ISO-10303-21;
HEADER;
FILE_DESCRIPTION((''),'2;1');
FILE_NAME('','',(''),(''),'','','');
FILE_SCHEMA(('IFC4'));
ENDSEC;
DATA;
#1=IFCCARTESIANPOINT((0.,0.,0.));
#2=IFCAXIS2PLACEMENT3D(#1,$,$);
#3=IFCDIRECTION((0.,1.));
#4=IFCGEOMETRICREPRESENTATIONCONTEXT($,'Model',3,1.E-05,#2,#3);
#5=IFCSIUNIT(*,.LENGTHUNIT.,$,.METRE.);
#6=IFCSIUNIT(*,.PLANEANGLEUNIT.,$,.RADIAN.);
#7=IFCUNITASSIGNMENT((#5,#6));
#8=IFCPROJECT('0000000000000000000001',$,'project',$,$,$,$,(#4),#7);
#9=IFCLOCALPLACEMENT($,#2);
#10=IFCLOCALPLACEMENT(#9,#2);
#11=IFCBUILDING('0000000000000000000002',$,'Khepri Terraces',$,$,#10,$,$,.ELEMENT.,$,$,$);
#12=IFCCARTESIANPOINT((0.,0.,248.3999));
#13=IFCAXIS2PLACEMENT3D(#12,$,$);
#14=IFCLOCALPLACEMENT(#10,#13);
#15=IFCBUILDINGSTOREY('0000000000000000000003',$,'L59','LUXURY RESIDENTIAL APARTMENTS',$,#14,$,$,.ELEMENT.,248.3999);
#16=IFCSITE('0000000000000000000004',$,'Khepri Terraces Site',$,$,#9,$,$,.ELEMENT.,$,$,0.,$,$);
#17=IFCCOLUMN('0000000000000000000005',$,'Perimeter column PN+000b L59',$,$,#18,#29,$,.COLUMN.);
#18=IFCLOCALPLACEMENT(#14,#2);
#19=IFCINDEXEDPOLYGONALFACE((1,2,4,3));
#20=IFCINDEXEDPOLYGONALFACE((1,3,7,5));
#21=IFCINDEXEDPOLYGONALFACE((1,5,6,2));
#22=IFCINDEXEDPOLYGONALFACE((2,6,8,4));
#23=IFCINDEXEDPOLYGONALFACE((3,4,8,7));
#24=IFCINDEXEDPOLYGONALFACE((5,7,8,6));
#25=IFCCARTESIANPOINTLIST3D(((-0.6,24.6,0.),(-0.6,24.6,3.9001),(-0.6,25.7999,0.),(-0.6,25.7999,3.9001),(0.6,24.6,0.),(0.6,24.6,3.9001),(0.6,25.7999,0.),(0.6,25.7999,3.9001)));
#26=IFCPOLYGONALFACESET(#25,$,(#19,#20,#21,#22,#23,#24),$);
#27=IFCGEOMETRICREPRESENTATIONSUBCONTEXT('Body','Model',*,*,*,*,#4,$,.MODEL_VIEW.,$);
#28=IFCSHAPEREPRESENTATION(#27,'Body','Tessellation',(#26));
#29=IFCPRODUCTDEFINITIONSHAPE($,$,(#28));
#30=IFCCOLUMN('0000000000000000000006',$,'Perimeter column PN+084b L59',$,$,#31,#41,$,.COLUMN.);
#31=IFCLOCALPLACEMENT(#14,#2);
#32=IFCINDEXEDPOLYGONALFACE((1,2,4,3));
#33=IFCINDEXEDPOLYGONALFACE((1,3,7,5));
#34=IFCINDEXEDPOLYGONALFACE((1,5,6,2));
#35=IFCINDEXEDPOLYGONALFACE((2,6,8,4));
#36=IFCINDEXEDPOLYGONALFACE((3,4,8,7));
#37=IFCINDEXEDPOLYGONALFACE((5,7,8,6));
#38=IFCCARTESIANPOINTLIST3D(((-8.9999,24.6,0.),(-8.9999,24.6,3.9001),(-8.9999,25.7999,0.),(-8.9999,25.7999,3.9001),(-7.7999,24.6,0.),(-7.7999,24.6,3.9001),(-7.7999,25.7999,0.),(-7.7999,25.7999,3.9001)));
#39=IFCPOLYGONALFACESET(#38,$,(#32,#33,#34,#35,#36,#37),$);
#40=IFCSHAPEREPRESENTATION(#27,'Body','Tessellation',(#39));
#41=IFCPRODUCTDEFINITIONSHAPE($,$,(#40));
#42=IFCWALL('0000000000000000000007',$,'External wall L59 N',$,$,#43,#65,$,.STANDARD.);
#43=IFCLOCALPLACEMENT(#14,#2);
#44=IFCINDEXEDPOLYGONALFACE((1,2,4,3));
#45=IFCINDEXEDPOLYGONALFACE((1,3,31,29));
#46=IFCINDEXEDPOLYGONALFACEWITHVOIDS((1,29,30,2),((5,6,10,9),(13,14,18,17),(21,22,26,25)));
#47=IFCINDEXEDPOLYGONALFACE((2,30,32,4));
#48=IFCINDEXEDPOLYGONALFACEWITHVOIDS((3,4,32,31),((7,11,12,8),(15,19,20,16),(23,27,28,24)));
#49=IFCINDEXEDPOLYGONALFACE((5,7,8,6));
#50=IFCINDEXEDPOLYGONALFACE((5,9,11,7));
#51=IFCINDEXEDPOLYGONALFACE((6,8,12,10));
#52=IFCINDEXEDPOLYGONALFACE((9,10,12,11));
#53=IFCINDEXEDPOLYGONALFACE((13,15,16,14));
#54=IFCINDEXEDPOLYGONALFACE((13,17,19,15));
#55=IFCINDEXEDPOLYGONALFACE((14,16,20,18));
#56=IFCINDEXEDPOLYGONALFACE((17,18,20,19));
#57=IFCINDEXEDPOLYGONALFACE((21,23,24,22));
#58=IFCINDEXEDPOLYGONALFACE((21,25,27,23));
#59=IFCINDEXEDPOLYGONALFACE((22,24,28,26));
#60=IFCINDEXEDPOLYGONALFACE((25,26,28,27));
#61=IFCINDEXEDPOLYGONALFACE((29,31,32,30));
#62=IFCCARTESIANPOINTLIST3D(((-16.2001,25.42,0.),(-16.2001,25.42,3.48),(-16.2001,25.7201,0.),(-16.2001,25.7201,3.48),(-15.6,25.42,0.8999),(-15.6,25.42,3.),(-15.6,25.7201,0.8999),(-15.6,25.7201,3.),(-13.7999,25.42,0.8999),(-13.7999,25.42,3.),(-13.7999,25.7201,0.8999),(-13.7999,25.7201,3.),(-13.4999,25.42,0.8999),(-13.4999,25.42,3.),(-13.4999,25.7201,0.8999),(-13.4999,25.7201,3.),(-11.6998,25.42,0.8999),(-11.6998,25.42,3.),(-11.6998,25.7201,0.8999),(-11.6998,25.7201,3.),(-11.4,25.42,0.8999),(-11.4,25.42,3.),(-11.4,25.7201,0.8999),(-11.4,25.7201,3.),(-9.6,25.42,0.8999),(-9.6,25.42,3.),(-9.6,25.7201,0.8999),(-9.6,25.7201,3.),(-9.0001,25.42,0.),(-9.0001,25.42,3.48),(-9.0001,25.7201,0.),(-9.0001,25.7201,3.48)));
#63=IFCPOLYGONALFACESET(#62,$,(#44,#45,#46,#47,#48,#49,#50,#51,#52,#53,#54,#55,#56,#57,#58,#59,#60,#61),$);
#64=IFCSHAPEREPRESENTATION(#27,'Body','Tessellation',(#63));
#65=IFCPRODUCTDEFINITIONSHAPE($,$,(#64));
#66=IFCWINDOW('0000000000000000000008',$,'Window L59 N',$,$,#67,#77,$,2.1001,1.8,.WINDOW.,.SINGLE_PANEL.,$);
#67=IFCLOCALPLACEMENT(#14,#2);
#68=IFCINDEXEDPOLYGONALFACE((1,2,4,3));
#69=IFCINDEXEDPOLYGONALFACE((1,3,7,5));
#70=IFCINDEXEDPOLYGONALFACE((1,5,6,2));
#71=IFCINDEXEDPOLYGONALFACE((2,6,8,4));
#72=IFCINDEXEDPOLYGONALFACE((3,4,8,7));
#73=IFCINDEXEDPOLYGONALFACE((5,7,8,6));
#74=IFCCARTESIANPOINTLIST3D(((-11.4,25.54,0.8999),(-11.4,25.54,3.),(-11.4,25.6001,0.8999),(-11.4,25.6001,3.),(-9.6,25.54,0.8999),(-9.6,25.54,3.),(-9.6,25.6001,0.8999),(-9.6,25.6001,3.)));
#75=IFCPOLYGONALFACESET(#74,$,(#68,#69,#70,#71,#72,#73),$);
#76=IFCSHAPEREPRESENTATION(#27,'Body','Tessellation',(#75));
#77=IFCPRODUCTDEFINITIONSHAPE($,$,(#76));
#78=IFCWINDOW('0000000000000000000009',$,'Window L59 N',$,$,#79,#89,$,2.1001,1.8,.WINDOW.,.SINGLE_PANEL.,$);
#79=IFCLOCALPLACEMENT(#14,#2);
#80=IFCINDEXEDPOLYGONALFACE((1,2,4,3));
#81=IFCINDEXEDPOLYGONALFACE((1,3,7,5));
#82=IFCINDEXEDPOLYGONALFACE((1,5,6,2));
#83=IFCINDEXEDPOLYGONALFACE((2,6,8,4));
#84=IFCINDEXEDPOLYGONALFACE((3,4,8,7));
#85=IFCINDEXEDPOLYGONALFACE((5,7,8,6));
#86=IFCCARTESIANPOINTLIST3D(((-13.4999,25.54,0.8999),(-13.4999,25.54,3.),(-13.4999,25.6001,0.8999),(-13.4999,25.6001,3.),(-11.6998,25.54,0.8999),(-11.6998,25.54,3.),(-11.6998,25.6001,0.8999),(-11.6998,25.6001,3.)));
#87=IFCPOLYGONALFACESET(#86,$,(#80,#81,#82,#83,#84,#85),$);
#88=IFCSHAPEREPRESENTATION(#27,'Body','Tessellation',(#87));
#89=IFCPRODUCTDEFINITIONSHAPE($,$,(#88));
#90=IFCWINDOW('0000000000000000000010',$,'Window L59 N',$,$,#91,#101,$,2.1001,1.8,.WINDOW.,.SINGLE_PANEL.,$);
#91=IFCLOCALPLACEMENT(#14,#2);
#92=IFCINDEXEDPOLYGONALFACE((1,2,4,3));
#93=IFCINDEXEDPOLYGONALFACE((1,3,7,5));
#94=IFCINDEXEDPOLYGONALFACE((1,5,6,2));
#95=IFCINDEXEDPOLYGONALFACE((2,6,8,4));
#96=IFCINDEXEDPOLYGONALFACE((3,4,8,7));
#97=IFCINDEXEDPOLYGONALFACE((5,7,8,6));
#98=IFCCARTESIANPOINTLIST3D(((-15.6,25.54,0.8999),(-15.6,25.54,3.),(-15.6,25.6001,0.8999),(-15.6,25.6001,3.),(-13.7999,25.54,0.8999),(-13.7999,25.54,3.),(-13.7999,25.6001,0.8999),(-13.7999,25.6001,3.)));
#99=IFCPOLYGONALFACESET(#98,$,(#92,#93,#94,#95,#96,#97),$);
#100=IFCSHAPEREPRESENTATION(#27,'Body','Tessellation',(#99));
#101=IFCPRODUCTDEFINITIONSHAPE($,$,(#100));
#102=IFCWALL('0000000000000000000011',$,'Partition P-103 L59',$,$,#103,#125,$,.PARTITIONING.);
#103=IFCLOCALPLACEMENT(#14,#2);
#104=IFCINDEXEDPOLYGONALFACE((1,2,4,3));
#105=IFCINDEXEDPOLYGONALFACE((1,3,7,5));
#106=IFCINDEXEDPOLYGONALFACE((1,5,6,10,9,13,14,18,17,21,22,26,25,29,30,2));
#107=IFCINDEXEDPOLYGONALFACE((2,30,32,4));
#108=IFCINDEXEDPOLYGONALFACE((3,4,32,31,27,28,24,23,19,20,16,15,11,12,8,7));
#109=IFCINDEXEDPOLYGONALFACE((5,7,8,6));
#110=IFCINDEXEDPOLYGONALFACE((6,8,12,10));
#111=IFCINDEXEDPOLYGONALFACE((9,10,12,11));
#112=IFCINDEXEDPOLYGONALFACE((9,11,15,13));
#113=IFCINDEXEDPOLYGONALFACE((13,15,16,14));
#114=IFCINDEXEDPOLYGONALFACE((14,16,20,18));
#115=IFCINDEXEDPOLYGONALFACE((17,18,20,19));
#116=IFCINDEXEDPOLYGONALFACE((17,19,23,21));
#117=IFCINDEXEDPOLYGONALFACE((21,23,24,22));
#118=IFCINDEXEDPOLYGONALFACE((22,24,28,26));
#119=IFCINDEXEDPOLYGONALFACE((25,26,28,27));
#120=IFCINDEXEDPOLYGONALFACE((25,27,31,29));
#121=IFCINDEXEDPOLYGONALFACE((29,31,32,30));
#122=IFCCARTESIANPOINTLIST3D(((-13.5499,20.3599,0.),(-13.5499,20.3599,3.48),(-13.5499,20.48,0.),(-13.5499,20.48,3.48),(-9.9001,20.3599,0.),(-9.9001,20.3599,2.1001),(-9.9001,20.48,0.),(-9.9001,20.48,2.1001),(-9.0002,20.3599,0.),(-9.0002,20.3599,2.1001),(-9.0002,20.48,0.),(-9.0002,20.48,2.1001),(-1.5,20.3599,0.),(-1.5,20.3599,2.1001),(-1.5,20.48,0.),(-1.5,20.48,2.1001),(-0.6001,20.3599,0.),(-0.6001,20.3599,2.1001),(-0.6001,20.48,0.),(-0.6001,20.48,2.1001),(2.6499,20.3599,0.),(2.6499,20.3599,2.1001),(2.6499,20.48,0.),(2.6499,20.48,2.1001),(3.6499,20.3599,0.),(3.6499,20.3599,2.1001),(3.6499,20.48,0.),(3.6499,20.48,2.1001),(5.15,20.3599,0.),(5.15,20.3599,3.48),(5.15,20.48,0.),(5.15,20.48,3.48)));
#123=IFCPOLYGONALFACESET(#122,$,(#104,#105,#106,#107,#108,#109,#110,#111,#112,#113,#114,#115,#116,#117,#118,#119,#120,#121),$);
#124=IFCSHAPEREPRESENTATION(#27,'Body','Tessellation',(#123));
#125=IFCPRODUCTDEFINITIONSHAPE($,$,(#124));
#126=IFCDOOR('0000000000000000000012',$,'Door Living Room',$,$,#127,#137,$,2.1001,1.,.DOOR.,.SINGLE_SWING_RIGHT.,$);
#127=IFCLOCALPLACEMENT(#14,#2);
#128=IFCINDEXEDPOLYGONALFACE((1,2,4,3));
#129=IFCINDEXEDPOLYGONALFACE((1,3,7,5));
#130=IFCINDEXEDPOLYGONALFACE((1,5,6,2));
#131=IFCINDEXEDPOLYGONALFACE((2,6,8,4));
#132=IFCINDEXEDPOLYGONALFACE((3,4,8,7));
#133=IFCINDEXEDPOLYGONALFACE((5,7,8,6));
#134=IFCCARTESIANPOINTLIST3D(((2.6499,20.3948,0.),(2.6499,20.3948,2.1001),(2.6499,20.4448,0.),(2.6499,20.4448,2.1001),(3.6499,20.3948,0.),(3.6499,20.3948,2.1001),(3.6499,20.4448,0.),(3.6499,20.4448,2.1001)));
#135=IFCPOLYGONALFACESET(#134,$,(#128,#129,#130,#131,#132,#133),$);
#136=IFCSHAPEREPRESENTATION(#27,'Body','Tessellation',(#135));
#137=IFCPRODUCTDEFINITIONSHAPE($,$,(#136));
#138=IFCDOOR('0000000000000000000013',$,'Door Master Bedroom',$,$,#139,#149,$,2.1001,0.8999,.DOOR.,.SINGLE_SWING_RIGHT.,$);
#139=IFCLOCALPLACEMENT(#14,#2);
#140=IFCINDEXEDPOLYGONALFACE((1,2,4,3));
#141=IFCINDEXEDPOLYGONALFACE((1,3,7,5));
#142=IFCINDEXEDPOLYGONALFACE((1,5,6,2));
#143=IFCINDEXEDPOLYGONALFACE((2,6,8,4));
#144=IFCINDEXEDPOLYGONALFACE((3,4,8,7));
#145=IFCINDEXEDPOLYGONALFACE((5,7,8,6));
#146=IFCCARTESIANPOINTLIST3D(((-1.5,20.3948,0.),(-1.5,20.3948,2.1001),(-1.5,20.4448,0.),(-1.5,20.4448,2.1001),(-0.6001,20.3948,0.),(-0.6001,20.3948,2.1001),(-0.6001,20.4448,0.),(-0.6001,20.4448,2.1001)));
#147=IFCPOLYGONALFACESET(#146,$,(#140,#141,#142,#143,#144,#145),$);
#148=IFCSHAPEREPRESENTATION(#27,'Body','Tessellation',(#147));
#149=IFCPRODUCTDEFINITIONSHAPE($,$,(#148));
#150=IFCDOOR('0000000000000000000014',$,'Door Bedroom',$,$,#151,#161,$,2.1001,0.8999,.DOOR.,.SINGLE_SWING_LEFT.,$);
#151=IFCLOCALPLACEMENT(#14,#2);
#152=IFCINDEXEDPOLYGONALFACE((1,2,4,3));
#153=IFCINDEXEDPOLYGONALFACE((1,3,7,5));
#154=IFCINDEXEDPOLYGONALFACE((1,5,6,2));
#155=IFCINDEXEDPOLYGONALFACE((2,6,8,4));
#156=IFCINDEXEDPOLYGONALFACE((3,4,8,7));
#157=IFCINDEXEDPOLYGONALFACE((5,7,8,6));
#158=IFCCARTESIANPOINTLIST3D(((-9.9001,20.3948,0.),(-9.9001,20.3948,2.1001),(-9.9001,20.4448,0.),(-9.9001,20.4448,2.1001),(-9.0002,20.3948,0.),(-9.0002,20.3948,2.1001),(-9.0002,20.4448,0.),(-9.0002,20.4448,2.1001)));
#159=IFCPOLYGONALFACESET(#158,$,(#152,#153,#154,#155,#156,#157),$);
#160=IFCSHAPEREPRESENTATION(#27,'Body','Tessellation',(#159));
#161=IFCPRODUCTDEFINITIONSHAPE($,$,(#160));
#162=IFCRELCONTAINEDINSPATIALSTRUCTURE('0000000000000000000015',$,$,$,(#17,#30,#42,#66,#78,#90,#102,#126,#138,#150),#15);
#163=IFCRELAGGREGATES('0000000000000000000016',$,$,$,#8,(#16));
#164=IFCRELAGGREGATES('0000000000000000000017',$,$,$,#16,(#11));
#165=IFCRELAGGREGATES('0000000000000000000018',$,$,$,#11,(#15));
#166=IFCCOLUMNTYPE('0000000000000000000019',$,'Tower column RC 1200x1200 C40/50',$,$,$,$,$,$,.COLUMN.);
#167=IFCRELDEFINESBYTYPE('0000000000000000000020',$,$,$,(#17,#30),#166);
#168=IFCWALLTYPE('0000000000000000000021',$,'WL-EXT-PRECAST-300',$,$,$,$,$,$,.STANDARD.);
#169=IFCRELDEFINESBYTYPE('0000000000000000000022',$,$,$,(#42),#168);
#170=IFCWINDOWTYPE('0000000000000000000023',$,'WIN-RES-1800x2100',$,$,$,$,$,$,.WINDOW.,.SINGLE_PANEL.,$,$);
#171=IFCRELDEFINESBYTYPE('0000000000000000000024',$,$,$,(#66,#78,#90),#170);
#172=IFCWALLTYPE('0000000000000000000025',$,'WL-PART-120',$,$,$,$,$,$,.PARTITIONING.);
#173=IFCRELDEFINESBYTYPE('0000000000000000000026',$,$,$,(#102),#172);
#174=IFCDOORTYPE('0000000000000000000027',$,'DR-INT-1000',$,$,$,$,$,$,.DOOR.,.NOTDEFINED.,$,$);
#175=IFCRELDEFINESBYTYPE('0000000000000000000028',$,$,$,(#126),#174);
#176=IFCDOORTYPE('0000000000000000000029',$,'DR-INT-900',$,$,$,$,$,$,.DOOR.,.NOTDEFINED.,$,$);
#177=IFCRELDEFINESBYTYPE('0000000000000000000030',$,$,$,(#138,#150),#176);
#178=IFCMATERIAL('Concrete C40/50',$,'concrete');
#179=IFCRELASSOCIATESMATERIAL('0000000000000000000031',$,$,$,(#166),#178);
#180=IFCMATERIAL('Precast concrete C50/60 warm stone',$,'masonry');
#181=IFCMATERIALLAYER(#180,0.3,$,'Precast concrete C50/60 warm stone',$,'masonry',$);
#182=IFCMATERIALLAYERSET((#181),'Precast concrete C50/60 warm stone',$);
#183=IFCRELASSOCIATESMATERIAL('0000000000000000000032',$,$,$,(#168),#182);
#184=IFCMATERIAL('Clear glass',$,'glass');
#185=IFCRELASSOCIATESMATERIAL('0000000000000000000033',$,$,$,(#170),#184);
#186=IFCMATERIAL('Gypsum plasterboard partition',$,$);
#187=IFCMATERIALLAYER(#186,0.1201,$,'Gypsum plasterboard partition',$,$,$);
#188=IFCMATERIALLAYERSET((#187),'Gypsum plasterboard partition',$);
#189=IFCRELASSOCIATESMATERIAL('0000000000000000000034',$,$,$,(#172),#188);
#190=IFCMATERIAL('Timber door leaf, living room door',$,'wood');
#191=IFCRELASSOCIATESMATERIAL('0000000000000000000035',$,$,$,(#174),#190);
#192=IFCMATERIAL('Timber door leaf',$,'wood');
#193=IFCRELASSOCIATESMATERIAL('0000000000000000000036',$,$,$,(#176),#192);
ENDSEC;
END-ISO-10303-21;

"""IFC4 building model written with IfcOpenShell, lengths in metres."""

from ifc_helpers import new_model, si_unit, direction, frame, frame_2d, origin, origin_2d, place, context, subcontext, project, spatial, rectangle, extrude, material, layer, layer_set, material_profile, profile_set, type_object, element, fill, save


model = new_model("IFC4")

# Units and contexts
model_context = context("Model", 3, precision=1e-05, world=origin(), true_north=direction((0.0, 1.0)))
body_context = subcontext(model_context, "Body", "Model", "MODEL_VIEW")
ifc_project = project(units=[si_unit("LENGTHUNIT", "METRE"), si_unit("PLANEANGLEUNIT", "RADIAN")], contexts=[model_context])

# Site, building, storey
site_placement = place(None, origin())
site = spatial("IfcSite", under=ifc_project, at=site_placement, Name="Khepri Terraces Site", CompositionType="ELEMENT", RefElevation=0.0)
building_placement = place(site_placement, origin())
building = spatial("IfcBuilding", under=site, at=building_placement, Name="Khepri Terraces", CompositionType="ELEMENT")
storey_placement = place(building_placement, frame((0.0, 0.0, 248.3999)))
storey = spatial("IfcBuildingStorey", under=building, at=storey_placement, Name="L59", Description="LUXURY RESIDENTIAL APARTMENTS", CompositionType="ELEMENT", Elevation=248.3999)

# Columns
ifc_material_1 = material(Name="Concrete C40/50", Category="concrete")
ifc_material_profile = material_profile(ifc_material_1, rectangle(XDim=1.2, YDim=1.2, at=origin_2d()), Name="Concrete C40/50", Category="concrete")
ifc_profile_set = profile_set([ifc_material_profile], Name="Concrete C40/50")
column_type = type_object("IfcColumnType", Name="Tower column RC 1200x1200 C40/50", PredefinedType="COLUMN", material=ifc_profile_set)
for number, where, z_axis, x_axis, name in (
    (1, (0.0, 25.2, 0.0), (0.0, 0.0, 1.0), (1.0, 0.0, 0.0), "Perimeter column PN+000b L59"),
    (2, (-8.3999, 25.2, 0.0), (0.0, 0.0, 1.0), (1.0, 0.0, 0.0), "Perimeter column PN+084b L59"),
):
    element("IfcColumn", number, at=place(storey_placement, frame(where, z_axis=z_axis, x_axis=x_axis)), inside=storey, type_object=column_type, Name=name, PredefinedType="COLUMN", context=body_context, shape_type="SweptSolid", body=[
        extrude(rectangle(XDim=1.2, YDim=1.2, at=origin_2d()), origin(), (0.0, 0.0, 1.0), 3.9001),
    ])

# Shared definitions
ifc_material_2 = material(Name="Precast concrete C50/60 warm stone", Category="masonry")
ifc_layer_1 = layer(ifc_material_2, 0.3, Name="Precast concrete C50/60 warm stone", Category="masonry")
ifc_layer_set_1 = layer_set([ifc_layer_1], Name="Precast concrete C50/60 warm stone")
wall_type_1 = type_object("IfcWallType", Name="WL-EXT-PRECAST-300", PredefinedType="STANDARD", material=ifc_layer_set_1)
ifc_material_3 = material(Name="Clear glass", Category="glass")
window_type = type_object("IfcWindowType", Name="WIN-RES-1800x2100", PartitioningType="SINGLE_PANEL", PredefinedType="WINDOW", material=ifc_material_3)

# Wall, openings, windows
wall_1_placement = place(storey_placement, frame((-9.0, 25.5701, 0.0), z_axis=(0.0, 0.0, 1.0), x_axis=(-1.0, 0.0, 0.0)))
wall_1 = element("IfcWall", 3, at=wall_1_placement, inside=storey, type_object=wall_type_1, Name="External wall L59 N", PredefinedType="STANDARD", context=body_context, shape_type="SweptSolid", body=[
    extrude(rectangle(XDim=7.2, YDim=0.3, at=frame_2d((3.6001, 0.0))), origin(), (0.0, 0.0, 1.0), 3.48),
])
opening_1_placement = place(wall_1_placement, frame((0.6001, 0.0, 0.8999)))
opening_1 = element("IfcOpeningElement", 4, at=opening_1_placement, cuts=wall_1, PredefinedType="OPENING", context=body_context, shape_type="SweptSolid", body=[
    extrude(rectangle(XDim=1.8, YDim=2.1001, at=frame_2d((0.8999, 1.05))), frame((0.0, 0.1602, 0.0), z_axis=(0.0, -1.0, 0.0), x_axis=(1.0, 0.0, 0.0)), (0.0, 0.0, 1.0), 0.3201),
])
opening_2_placement = place(wall_1_placement, frame((2.7, 0.0, 0.8999)))
opening_2 = element("IfcOpeningElement", 5, at=opening_2_placement, cuts=wall_1, PredefinedType="OPENING", context=body_context, shape_type="SweptSolid", body=[
    extrude(rectangle(XDim=1.8, YDim=2.1001, at=frame_2d((0.8999, 1.05))), frame((0.0, 0.1602, 0.0), z_axis=(0.0, -1.0, 0.0), x_axis=(1.0, 0.0, 0.0)), (0.0, 0.0, 1.0), 0.3201),
])
opening_3_placement = place(wall_1_placement, frame((4.8, 0.0, 0.8999)))
opening_3 = element("IfcOpeningElement", 6, at=opening_3_placement, cuts=wall_1, PredefinedType="OPENING", context=body_context, shape_type="SweptSolid", body=[
    extrude(rectangle(XDim=1.8, YDim=2.1001, at=frame_2d((0.8999, 1.05))), frame((0.0, 0.1602, 0.0), z_axis=(0.0, -1.0, 0.0), x_axis=(1.0, 0.0, 0.0)), (0.0, 0.0, 1.0), 0.3201),
])
window_1_placement = place(opening_1_placement, origin())
window_1 = element("IfcWindow", 7, at=window_1_placement, inside=storey, type_object=window_type, Name="Window L59 N", OverallHeight=2.1001, OverallWidth=1.8, PartitioningType="SINGLE_PANEL", PredefinedType="WINDOW", context=body_context, shape_type="SweptSolid", body=[
    extrude(rectangle(XDim=1.8, YDim=2.1001, at=frame_2d((0.8999, 1.05))), frame((0.0, 0.03, 0.0), z_axis=(0.0, -1.0, 0.0), x_axis=(1.0, 0.0, 0.0)), (0.0, 0.0, 1.0), 0.0601),
])
fill(opening_1, window_1)
window_2_placement = place(opening_2_placement, origin())
window_2 = element("IfcWindow", 8, at=window_2_placement, inside=storey, type_object=window_type, Name="Window L59 N", OverallHeight=2.1001, OverallWidth=1.8, PartitioningType="SINGLE_PANEL", PredefinedType="WINDOW", context=body_context, shape_type="SweptSolid", body=[
    extrude(rectangle(XDim=1.8, YDim=2.1001, at=frame_2d((0.8999, 1.05))), frame((0.0, 0.03, 0.0), z_axis=(0.0, -1.0, 0.0), x_axis=(1.0, 0.0, 0.0)), (0.0, 0.0, 1.0), 0.0601),
])
fill(opening_2, window_2)
window_3_placement = place(opening_3_placement, origin())
window_3 = element("IfcWindow", 9, at=window_3_placement, inside=storey, type_object=window_type, Name="Window L59 N", OverallHeight=2.1001, OverallWidth=1.8, PartitioningType="SINGLE_PANEL", PredefinedType="WINDOW", context=body_context, shape_type="SweptSolid", body=[
    extrude(rectangle(XDim=1.8, YDim=2.1001, at=frame_2d((0.8999, 1.05))), frame((0.0, 0.03, 0.0), z_axis=(0.0, -1.0, 0.0), x_axis=(1.0, 0.0, 0.0)), (0.0, 0.0, 1.0), 0.0601),
])
fill(opening_3, window_3)

# Wall, openings, doors
ifc_material_4 = material(Name="Gypsum plasterboard partition")
ifc_layer_2 = layer(ifc_material_4, 0.1201, Name="Gypsum plasterboard partition")
ifc_layer_set_2 = layer_set([ifc_layer_2], Name="Gypsum plasterboard partition")
wall_type_2 = type_object("IfcWallType", Name="WL-PART-120", PredefinedType="PARTITIONING", material=ifc_layer_set_2)
wall_2_placement = place(storey_placement, frame((-13.55, 20.4199, 0.0), z_axis=(0.0, 0.0, 1.0), x_axis=(1.0, 0.0, 0.0)))
wall_2 = element("IfcWall", 10, at=wall_2_placement, inside=storey, type_object=wall_type_2, Name="Partition P-103 L59", PredefinedType="PARTITIONING", context=body_context, shape_type="SweptSolid", body=[
    extrude(rectangle(XDim=18.7, YDim=0.1201, at=frame_2d((9.3501, 0.0))), origin(), (0.0, 0.0, 1.0), 3.48),
])
opening_4_placement = place(wall_2_placement, frame((16.2, 0.0, 0.0)))
opening_4 = element("IfcOpeningElement", 11, at=opening_4_placement, cuts=wall_2, PredefinedType="OPENING", context=body_context, shape_type="SweptSolid", body=[
    extrude(rectangle(XDim=1.0, YDim=2.1001, at=frame_2d((0.5, 1.05))), frame((0.0, 0.0701, 0.0), z_axis=(0.0, -1.0, 0.0), x_axis=(1.0, 0.0, 0.0)), (0.0, 0.0, 1.0), 0.1401),
])
opening_5_placement = place(wall_2_placement, frame((12.05, 0.0, 0.0)))
opening_5 = element("IfcOpeningElement", 12, at=opening_5_placement, cuts=wall_2, PredefinedType="OPENING", context=body_context, shape_type="SweptSolid", body=[
    extrude(rectangle(XDim=0.8999, YDim=2.1001, at=frame_2d((0.45, 1.05))), frame((0.0, 0.0701, 0.0), z_axis=(0.0, -1.0, 0.0), x_axis=(1.0, 0.0, 0.0)), (0.0, 0.0, 1.0), 0.1401),
])
opening_6_placement = place(wall_2_placement, frame((3.6499, 0.0, 0.0)))
opening_6 = element("IfcOpeningElement", 13, at=opening_6_placement, cuts=wall_2, PredefinedType="OPENING", context=body_context, shape_type="SweptSolid", body=[
    extrude(rectangle(XDim=0.8999, YDim=2.1001, at=frame_2d((0.45, 1.05))), frame((0.0, 0.0701, 0.0), z_axis=(0.0, -1.0, 0.0), x_axis=(1.0, 0.0, 0.0)), (0.0, 0.0, 1.0), 0.1401),
])
ifc_material_5 = material(Name="Timber door leaf, living room door", Category="wood")
door_type_1 = type_object("IfcDoorType", Name="DR-INT-1000", OperationType="NOTDEFINED", PredefinedType="DOOR", material=ifc_material_5)
door_1_placement = place(opening_4_placement, origin())
door_1 = element("IfcDoor", 14, at=door_1_placement, inside=storey, type_object=door_type_1, Name="Door Living Room", OperationType="SINGLE_SWING_RIGHT", OverallHeight=2.1001, OverallWidth=1.0, PredefinedType="DOOR", context=body_context, shape_type="SweptSolid", body=[
    extrude(rectangle(XDim=1.0, YDim=2.1001, at=frame_2d((0.5, 1.05))), frame((0.0, 0.0249, 0.0), z_axis=(0.0, -1.0, 0.0), x_axis=(1.0, 0.0, 0.0)), (0.0, 0.0, 1.0), 0.05),
])
fill(opening_4, door_1)
ifc_material_6 = material(Name="Timber door leaf", Category="wood")
door_type_2 = type_object("IfcDoorType", Name="DR-INT-900", OperationType="NOTDEFINED", PredefinedType="DOOR", material=ifc_material_6)
door_2_placement = place(opening_5_placement, origin())
door_2 = element("IfcDoor", 15, at=door_2_placement, inside=storey, type_object=door_type_2, Name="Door Master Bedroom", OperationType="SINGLE_SWING_RIGHT", OverallHeight=2.1001, OverallWidth=0.8999, PredefinedType="DOOR", context=body_context, shape_type="SweptSolid", body=[
    extrude(rectangle(XDim=0.8999, YDim=2.1001, at=frame_2d((0.45, 1.05))), frame((0.0, 0.0249, 0.0), z_axis=(0.0, -1.0, 0.0), x_axis=(1.0, 0.0, 0.0)), (0.0, 0.0, 1.0), 0.05),
])
fill(opening_5, door_2)
door_3_placement = place(opening_6_placement, origin())
door_3 = element("IfcDoor", 16, at=door_3_placement, inside=storey, type_object=door_type_2, Name="Door Bedroom", OperationType="SINGLE_SWING_LEFT", OverallHeight=2.1001, OverallWidth=0.8999, PredefinedType="DOOR", context=body_context, shape_type="SweptSolid", body=[
    extrude(rectangle(XDim=0.8999, YDim=2.1001, at=frame_2d((0.45, 1.05))), frame((0.0, 0.0249, 0.0), z_axis=(0.0, -1.0, 0.0), x_axis=(1.0, 0.0, 0.0)), (0.0, 0.0, 1.0), 0.05),
])
fill(opening_6, door_3)

save(model, "model.ifc")
